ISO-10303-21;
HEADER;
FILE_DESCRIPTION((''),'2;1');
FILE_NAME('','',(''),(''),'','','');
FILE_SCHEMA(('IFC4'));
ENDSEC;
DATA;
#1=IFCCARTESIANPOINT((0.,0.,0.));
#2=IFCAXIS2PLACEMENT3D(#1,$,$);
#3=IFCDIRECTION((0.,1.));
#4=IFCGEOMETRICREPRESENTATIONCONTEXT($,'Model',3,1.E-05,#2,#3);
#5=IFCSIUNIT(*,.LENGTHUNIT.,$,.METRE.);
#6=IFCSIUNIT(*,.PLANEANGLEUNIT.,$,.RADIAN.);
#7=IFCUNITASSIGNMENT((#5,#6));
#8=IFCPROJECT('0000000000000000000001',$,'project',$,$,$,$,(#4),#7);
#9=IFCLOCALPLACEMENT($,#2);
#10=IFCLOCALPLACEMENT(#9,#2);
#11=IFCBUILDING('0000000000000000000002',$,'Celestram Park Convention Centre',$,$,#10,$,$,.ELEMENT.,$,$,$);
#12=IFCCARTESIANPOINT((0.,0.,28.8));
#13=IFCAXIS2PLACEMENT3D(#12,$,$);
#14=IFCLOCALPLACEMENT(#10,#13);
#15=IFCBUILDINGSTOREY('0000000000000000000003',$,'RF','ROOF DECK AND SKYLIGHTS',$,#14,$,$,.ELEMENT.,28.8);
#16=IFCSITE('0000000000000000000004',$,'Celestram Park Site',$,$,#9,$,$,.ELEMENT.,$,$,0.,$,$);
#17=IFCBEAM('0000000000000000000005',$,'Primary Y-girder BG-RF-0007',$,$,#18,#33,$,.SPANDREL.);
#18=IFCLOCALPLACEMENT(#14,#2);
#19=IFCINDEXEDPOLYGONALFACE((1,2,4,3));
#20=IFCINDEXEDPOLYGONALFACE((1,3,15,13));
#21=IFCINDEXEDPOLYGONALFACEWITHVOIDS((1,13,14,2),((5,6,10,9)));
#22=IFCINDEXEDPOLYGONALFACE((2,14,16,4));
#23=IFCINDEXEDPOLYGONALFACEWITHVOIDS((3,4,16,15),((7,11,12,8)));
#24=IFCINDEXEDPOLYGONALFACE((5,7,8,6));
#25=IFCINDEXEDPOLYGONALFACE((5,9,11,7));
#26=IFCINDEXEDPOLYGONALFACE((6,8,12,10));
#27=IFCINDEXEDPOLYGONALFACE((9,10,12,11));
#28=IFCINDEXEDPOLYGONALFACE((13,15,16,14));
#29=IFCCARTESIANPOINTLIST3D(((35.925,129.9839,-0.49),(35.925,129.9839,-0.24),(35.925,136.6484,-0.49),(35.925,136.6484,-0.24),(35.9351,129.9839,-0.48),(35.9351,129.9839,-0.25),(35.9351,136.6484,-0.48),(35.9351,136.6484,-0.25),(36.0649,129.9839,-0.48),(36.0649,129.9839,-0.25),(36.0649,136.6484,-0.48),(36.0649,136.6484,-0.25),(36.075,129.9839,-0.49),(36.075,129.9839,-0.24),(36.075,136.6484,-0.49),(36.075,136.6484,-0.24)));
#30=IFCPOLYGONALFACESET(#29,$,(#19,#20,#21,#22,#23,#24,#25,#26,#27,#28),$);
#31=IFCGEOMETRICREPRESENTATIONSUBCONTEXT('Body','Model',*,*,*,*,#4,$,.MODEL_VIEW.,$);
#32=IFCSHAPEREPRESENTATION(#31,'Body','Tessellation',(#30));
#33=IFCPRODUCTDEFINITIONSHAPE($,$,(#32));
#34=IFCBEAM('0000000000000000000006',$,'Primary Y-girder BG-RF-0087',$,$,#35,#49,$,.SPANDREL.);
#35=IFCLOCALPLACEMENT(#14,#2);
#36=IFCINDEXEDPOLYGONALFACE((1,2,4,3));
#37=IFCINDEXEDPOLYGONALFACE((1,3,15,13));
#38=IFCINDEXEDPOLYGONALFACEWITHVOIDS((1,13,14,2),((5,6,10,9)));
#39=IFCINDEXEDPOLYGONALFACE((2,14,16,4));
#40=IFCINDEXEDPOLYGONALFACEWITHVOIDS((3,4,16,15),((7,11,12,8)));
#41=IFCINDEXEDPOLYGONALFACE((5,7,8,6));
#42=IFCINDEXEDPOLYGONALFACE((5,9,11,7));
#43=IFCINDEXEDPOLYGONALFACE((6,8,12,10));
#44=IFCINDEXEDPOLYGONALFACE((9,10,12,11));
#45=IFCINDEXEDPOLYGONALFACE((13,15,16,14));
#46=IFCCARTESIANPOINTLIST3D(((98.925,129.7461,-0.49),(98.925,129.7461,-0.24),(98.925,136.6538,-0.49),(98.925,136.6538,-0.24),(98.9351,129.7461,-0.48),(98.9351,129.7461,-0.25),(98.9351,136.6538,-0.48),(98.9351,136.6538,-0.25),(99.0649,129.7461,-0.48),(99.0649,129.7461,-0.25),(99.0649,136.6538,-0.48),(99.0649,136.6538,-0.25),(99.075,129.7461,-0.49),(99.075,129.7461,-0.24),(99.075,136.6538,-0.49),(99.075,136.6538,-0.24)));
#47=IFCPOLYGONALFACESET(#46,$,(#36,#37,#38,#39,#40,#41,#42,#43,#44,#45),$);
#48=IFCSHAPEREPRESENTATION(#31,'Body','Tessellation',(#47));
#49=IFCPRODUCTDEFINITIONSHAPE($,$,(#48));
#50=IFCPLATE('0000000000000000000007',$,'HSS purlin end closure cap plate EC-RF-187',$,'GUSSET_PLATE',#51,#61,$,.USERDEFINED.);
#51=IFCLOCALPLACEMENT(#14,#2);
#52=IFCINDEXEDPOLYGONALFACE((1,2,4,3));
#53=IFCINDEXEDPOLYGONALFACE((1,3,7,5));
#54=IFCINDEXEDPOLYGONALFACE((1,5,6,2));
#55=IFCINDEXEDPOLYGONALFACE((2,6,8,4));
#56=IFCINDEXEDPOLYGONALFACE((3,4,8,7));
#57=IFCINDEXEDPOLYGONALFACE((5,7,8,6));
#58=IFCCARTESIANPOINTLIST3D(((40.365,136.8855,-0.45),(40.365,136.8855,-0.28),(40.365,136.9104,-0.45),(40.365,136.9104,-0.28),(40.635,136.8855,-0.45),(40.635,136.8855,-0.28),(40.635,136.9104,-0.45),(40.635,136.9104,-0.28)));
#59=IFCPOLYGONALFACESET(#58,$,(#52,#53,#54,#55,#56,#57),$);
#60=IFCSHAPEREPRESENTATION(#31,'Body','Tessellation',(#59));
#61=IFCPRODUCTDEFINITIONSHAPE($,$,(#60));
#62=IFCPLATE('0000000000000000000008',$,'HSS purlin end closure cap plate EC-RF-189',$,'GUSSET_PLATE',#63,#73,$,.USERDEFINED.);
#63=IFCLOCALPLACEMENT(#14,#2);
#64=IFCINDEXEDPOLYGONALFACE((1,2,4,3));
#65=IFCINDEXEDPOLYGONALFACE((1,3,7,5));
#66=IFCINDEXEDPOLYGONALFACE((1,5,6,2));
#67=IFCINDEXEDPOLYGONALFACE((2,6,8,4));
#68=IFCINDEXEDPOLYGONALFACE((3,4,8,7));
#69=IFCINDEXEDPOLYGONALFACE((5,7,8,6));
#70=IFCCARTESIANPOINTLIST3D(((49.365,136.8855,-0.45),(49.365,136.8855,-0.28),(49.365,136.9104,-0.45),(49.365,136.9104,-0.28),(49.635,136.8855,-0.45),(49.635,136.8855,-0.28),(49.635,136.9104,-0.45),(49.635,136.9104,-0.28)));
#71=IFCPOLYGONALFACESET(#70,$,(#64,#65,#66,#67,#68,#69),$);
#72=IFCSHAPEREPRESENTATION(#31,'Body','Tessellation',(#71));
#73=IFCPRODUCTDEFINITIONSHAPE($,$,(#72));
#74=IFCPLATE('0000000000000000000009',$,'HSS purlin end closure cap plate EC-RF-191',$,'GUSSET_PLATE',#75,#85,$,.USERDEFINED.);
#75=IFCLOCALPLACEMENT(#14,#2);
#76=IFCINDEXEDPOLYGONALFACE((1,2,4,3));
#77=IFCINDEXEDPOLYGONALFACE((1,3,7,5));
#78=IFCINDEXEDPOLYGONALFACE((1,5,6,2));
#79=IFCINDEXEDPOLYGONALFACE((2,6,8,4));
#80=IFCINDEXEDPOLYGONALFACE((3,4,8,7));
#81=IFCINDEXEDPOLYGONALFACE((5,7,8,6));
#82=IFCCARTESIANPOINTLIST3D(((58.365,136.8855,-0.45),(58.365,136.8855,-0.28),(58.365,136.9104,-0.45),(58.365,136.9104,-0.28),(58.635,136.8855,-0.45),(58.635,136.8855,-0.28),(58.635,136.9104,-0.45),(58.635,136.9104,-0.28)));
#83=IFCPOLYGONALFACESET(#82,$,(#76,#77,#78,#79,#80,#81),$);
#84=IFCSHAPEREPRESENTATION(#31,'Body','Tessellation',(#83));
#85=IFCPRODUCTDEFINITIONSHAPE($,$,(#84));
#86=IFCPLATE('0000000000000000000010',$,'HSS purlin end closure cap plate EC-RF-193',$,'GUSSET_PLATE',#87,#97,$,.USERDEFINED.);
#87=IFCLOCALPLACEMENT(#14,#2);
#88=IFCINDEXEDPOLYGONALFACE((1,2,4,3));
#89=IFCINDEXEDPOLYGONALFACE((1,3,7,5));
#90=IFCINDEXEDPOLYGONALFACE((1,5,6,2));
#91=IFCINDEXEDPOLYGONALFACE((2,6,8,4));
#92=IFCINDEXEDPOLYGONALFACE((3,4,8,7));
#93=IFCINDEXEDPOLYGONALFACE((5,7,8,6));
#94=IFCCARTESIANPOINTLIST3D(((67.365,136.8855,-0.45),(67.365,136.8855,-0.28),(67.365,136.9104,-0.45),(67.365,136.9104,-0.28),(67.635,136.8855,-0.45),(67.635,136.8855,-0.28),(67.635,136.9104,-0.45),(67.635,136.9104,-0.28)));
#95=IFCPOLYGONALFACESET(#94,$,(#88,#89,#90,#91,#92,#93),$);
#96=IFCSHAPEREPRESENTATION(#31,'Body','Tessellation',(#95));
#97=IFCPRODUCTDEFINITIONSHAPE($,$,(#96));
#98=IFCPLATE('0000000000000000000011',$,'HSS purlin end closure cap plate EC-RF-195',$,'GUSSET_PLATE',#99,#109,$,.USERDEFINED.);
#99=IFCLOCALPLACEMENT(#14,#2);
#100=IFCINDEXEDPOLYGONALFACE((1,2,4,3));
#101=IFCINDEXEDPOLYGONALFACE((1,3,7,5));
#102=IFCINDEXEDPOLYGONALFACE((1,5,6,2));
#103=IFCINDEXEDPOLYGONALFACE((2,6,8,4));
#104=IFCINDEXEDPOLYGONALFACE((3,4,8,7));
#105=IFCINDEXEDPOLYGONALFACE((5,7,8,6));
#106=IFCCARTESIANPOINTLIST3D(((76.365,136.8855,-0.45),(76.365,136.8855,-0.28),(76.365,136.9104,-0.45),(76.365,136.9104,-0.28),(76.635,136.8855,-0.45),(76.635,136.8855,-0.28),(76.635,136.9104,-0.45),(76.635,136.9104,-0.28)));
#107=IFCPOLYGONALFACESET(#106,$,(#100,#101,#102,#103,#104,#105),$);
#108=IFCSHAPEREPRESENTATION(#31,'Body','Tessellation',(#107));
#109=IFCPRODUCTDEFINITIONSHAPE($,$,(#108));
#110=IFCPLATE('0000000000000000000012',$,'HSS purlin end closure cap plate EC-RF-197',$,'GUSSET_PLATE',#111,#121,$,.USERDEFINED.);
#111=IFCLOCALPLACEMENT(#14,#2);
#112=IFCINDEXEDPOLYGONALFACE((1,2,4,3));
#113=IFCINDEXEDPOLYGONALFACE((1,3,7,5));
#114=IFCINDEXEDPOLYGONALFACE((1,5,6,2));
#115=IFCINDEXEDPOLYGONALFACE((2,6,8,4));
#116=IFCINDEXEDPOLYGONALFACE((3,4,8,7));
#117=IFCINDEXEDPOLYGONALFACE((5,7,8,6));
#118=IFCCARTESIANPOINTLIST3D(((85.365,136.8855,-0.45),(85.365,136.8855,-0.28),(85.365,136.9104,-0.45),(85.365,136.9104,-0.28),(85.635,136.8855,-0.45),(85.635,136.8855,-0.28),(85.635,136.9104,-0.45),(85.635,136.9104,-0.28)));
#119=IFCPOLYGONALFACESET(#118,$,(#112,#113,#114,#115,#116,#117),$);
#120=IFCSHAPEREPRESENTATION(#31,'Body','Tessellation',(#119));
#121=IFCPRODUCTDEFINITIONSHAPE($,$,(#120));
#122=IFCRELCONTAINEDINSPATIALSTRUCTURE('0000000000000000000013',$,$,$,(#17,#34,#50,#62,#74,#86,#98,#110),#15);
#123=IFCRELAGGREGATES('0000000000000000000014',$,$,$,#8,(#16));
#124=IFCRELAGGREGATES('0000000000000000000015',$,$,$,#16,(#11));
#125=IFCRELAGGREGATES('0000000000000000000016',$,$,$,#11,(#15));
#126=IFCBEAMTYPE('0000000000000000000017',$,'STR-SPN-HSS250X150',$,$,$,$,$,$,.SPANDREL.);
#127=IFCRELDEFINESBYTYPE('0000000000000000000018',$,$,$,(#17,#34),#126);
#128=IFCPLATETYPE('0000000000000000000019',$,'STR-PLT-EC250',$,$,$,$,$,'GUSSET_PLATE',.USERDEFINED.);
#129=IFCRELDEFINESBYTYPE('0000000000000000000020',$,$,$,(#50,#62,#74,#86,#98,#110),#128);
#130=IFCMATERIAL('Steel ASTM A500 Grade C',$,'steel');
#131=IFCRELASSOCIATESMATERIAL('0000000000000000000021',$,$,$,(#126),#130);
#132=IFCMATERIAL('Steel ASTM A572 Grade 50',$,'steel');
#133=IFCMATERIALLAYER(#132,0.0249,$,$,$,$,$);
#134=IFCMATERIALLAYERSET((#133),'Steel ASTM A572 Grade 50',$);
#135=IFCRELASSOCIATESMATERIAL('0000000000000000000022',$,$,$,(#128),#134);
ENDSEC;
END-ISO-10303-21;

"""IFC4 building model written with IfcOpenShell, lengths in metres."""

from ifc_helpers import new_model, si_unit, direction, frame, origin, origin_2d, place, context, subcontext, project, spatial, rectangle, hollow_rectangle, extrude, material, layer, layer_set, material_profile, profile_set, type_object, element, save


model = new_model("IFC4")

# Units and contexts
model_context = context("Model", 3, precision=1e-05, world=origin(), true_north=direction((0.0, 1.0)))
body_context = subcontext(model_context, "Body", "Model", "MODEL_VIEW")
ifc_project = project(units=[si_unit("LENGTHUNIT", "METRE"), si_unit("PLANEANGLEUNIT", "RADIAN")], contexts=[model_context])

# Site, building, storey
site_placement = place(None, origin())
site = spatial("IfcSite", under=ifc_project, at=site_placement, Name="Celestram Park Site", CompositionType="ELEMENT", RefElevation=0.0)
building_placement = place(site_placement, origin())
building = spatial("IfcBuilding", under=site, at=building_placement, Name="Celestram Park Convention Centre", CompositionType="ELEMENT")
storey_placement = place(building_placement, frame((0.0, 0.0, 28.8)))
storey = spatial("IfcBuildingStorey", under=building, at=storey_placement, Name="RF", Description="ROOF DECK AND SKYLIGHTS", CompositionType="ELEMENT", Elevation=28.8)

# Shared definitions
ifc_material_1 = material(Name="Steel ASTM A500 Grade C", Category="steel")

# Beams
ifc_material_profile_1 = material_profile(ifc_material_1, hollow_rectangle(XDim=0.1499, YDim=0.25, WallThickness=0.01, at=origin_2d()), Name="HSS250X150X10")
ifc_profile_set_1 = profile_set([ifc_material_profile_1], Name="Steel ASTM A500 Grade C")
beam_type_1 = type_object("IfcBeamType", Name="STR-SPN-HSS250X150", PredefinedType="SPANDREL", material=ifc_profile_set_1)
beam_1_placement = place(storey_placement, frame((36.0, 129.9839, -0.365), z_axis=(0.0, 1.0, 0.0), x_axis=(-1.0, 0.0, 0.0)))
element("IfcBeam", 1, at=beam_1_placement, inside=storey, type_object=beam_type_1, Name="Primary Y-girder BG-RF-0007", PredefinedType="SPANDREL", context=body_context, shape_type="SweptSolid", body=[
    extrude(hollow_rectangle(XDim=0.1499, YDim=0.25, WallThickness=0.01, at=origin_2d()), origin(), (0.0, 0.0, 1.0), 6.6646),
])
beam_2_placement = place(storey_placement, frame((99.0, 129.7461, -0.365), z_axis=(0.0, 1.0, 0.0), x_axis=(-1.0, 0.0, 0.0)))
element("IfcBeam", 2, at=beam_2_placement, inside=storey, type_object=beam_type_1, Name="Primary Y-girder BG-RF-0087", PredefinedType="SPANDREL", context=body_context, shape_type="SweptSolid", body=[
    extrude(hollow_rectangle(XDim=0.1499, YDim=0.25, WallThickness=0.01, at=origin_2d()), origin(), (0.0, 0.0, 1.0), 6.9077),
])

# Plates
ifc_material_2 = material(Name="Steel ASTM A572 Grade 50", Category="steel")
ifc_layer = layer(ifc_material_2, 0.0249)
ifc_layer_set = layer_set([ifc_layer], Name="Steel ASTM A572 Grade 50")
plate_type = type_object("IfcPlateType", Name="STR-PLT-EC250", ElementType="GUSSET_PLATE", PredefinedType="USERDEFINED", material=ifc_layer_set)
for number, where, z_axis, x_axis, name in (
    (3, (40.5, 136.8979, -0.45), (0.0, 0.0, 1.0), (1.0, 0.0, 0.0), "HSS purlin end closure cap plate EC-RF-187"),
    (4, (49.5, 136.8979, -0.45), (0.0, 0.0, 1.0), (1.0, 0.0, 0.0), "HSS purlin end closure cap plate EC-RF-189"),
    (5, (58.5, 136.8979, -0.45), (0.0, 0.0, 1.0), (1.0, 0.0, 0.0), "HSS purlin end closure cap plate EC-RF-191"),
    (6, (67.5, 136.8979, -0.45), (0.0, 0.0, 1.0), (1.0, 0.0, 0.0), "HSS purlin end closure cap plate EC-RF-193"),
    (7, (76.5, 136.8979, -0.45), (0.0, 0.0, 1.0), (1.0, 0.0, 0.0), "HSS purlin end closure cap plate EC-RF-195"),
    (8, (85.5, 136.8979, -0.45), (0.0, 0.0, 1.0), (1.0, 0.0, 0.0), "HSS purlin end closure cap plate EC-RF-197"),
):
    element("IfcPlate", number, at=place(storey_placement, frame(where, z_axis=z_axis, x_axis=x_axis)), inside=storey, type_object=plate_type, Name=name, ObjectType="GUSSET_PLATE", PredefinedType="USERDEFINED", context=body_context, shape_type="SweptSolid", body=[
        extrude(rectangle(XDim=0.27, YDim=0.0249, at=origin_2d()), origin(), (0.0, 0.0, 1.0), 0.1699),
    ])

save(model, "model.ifc")
